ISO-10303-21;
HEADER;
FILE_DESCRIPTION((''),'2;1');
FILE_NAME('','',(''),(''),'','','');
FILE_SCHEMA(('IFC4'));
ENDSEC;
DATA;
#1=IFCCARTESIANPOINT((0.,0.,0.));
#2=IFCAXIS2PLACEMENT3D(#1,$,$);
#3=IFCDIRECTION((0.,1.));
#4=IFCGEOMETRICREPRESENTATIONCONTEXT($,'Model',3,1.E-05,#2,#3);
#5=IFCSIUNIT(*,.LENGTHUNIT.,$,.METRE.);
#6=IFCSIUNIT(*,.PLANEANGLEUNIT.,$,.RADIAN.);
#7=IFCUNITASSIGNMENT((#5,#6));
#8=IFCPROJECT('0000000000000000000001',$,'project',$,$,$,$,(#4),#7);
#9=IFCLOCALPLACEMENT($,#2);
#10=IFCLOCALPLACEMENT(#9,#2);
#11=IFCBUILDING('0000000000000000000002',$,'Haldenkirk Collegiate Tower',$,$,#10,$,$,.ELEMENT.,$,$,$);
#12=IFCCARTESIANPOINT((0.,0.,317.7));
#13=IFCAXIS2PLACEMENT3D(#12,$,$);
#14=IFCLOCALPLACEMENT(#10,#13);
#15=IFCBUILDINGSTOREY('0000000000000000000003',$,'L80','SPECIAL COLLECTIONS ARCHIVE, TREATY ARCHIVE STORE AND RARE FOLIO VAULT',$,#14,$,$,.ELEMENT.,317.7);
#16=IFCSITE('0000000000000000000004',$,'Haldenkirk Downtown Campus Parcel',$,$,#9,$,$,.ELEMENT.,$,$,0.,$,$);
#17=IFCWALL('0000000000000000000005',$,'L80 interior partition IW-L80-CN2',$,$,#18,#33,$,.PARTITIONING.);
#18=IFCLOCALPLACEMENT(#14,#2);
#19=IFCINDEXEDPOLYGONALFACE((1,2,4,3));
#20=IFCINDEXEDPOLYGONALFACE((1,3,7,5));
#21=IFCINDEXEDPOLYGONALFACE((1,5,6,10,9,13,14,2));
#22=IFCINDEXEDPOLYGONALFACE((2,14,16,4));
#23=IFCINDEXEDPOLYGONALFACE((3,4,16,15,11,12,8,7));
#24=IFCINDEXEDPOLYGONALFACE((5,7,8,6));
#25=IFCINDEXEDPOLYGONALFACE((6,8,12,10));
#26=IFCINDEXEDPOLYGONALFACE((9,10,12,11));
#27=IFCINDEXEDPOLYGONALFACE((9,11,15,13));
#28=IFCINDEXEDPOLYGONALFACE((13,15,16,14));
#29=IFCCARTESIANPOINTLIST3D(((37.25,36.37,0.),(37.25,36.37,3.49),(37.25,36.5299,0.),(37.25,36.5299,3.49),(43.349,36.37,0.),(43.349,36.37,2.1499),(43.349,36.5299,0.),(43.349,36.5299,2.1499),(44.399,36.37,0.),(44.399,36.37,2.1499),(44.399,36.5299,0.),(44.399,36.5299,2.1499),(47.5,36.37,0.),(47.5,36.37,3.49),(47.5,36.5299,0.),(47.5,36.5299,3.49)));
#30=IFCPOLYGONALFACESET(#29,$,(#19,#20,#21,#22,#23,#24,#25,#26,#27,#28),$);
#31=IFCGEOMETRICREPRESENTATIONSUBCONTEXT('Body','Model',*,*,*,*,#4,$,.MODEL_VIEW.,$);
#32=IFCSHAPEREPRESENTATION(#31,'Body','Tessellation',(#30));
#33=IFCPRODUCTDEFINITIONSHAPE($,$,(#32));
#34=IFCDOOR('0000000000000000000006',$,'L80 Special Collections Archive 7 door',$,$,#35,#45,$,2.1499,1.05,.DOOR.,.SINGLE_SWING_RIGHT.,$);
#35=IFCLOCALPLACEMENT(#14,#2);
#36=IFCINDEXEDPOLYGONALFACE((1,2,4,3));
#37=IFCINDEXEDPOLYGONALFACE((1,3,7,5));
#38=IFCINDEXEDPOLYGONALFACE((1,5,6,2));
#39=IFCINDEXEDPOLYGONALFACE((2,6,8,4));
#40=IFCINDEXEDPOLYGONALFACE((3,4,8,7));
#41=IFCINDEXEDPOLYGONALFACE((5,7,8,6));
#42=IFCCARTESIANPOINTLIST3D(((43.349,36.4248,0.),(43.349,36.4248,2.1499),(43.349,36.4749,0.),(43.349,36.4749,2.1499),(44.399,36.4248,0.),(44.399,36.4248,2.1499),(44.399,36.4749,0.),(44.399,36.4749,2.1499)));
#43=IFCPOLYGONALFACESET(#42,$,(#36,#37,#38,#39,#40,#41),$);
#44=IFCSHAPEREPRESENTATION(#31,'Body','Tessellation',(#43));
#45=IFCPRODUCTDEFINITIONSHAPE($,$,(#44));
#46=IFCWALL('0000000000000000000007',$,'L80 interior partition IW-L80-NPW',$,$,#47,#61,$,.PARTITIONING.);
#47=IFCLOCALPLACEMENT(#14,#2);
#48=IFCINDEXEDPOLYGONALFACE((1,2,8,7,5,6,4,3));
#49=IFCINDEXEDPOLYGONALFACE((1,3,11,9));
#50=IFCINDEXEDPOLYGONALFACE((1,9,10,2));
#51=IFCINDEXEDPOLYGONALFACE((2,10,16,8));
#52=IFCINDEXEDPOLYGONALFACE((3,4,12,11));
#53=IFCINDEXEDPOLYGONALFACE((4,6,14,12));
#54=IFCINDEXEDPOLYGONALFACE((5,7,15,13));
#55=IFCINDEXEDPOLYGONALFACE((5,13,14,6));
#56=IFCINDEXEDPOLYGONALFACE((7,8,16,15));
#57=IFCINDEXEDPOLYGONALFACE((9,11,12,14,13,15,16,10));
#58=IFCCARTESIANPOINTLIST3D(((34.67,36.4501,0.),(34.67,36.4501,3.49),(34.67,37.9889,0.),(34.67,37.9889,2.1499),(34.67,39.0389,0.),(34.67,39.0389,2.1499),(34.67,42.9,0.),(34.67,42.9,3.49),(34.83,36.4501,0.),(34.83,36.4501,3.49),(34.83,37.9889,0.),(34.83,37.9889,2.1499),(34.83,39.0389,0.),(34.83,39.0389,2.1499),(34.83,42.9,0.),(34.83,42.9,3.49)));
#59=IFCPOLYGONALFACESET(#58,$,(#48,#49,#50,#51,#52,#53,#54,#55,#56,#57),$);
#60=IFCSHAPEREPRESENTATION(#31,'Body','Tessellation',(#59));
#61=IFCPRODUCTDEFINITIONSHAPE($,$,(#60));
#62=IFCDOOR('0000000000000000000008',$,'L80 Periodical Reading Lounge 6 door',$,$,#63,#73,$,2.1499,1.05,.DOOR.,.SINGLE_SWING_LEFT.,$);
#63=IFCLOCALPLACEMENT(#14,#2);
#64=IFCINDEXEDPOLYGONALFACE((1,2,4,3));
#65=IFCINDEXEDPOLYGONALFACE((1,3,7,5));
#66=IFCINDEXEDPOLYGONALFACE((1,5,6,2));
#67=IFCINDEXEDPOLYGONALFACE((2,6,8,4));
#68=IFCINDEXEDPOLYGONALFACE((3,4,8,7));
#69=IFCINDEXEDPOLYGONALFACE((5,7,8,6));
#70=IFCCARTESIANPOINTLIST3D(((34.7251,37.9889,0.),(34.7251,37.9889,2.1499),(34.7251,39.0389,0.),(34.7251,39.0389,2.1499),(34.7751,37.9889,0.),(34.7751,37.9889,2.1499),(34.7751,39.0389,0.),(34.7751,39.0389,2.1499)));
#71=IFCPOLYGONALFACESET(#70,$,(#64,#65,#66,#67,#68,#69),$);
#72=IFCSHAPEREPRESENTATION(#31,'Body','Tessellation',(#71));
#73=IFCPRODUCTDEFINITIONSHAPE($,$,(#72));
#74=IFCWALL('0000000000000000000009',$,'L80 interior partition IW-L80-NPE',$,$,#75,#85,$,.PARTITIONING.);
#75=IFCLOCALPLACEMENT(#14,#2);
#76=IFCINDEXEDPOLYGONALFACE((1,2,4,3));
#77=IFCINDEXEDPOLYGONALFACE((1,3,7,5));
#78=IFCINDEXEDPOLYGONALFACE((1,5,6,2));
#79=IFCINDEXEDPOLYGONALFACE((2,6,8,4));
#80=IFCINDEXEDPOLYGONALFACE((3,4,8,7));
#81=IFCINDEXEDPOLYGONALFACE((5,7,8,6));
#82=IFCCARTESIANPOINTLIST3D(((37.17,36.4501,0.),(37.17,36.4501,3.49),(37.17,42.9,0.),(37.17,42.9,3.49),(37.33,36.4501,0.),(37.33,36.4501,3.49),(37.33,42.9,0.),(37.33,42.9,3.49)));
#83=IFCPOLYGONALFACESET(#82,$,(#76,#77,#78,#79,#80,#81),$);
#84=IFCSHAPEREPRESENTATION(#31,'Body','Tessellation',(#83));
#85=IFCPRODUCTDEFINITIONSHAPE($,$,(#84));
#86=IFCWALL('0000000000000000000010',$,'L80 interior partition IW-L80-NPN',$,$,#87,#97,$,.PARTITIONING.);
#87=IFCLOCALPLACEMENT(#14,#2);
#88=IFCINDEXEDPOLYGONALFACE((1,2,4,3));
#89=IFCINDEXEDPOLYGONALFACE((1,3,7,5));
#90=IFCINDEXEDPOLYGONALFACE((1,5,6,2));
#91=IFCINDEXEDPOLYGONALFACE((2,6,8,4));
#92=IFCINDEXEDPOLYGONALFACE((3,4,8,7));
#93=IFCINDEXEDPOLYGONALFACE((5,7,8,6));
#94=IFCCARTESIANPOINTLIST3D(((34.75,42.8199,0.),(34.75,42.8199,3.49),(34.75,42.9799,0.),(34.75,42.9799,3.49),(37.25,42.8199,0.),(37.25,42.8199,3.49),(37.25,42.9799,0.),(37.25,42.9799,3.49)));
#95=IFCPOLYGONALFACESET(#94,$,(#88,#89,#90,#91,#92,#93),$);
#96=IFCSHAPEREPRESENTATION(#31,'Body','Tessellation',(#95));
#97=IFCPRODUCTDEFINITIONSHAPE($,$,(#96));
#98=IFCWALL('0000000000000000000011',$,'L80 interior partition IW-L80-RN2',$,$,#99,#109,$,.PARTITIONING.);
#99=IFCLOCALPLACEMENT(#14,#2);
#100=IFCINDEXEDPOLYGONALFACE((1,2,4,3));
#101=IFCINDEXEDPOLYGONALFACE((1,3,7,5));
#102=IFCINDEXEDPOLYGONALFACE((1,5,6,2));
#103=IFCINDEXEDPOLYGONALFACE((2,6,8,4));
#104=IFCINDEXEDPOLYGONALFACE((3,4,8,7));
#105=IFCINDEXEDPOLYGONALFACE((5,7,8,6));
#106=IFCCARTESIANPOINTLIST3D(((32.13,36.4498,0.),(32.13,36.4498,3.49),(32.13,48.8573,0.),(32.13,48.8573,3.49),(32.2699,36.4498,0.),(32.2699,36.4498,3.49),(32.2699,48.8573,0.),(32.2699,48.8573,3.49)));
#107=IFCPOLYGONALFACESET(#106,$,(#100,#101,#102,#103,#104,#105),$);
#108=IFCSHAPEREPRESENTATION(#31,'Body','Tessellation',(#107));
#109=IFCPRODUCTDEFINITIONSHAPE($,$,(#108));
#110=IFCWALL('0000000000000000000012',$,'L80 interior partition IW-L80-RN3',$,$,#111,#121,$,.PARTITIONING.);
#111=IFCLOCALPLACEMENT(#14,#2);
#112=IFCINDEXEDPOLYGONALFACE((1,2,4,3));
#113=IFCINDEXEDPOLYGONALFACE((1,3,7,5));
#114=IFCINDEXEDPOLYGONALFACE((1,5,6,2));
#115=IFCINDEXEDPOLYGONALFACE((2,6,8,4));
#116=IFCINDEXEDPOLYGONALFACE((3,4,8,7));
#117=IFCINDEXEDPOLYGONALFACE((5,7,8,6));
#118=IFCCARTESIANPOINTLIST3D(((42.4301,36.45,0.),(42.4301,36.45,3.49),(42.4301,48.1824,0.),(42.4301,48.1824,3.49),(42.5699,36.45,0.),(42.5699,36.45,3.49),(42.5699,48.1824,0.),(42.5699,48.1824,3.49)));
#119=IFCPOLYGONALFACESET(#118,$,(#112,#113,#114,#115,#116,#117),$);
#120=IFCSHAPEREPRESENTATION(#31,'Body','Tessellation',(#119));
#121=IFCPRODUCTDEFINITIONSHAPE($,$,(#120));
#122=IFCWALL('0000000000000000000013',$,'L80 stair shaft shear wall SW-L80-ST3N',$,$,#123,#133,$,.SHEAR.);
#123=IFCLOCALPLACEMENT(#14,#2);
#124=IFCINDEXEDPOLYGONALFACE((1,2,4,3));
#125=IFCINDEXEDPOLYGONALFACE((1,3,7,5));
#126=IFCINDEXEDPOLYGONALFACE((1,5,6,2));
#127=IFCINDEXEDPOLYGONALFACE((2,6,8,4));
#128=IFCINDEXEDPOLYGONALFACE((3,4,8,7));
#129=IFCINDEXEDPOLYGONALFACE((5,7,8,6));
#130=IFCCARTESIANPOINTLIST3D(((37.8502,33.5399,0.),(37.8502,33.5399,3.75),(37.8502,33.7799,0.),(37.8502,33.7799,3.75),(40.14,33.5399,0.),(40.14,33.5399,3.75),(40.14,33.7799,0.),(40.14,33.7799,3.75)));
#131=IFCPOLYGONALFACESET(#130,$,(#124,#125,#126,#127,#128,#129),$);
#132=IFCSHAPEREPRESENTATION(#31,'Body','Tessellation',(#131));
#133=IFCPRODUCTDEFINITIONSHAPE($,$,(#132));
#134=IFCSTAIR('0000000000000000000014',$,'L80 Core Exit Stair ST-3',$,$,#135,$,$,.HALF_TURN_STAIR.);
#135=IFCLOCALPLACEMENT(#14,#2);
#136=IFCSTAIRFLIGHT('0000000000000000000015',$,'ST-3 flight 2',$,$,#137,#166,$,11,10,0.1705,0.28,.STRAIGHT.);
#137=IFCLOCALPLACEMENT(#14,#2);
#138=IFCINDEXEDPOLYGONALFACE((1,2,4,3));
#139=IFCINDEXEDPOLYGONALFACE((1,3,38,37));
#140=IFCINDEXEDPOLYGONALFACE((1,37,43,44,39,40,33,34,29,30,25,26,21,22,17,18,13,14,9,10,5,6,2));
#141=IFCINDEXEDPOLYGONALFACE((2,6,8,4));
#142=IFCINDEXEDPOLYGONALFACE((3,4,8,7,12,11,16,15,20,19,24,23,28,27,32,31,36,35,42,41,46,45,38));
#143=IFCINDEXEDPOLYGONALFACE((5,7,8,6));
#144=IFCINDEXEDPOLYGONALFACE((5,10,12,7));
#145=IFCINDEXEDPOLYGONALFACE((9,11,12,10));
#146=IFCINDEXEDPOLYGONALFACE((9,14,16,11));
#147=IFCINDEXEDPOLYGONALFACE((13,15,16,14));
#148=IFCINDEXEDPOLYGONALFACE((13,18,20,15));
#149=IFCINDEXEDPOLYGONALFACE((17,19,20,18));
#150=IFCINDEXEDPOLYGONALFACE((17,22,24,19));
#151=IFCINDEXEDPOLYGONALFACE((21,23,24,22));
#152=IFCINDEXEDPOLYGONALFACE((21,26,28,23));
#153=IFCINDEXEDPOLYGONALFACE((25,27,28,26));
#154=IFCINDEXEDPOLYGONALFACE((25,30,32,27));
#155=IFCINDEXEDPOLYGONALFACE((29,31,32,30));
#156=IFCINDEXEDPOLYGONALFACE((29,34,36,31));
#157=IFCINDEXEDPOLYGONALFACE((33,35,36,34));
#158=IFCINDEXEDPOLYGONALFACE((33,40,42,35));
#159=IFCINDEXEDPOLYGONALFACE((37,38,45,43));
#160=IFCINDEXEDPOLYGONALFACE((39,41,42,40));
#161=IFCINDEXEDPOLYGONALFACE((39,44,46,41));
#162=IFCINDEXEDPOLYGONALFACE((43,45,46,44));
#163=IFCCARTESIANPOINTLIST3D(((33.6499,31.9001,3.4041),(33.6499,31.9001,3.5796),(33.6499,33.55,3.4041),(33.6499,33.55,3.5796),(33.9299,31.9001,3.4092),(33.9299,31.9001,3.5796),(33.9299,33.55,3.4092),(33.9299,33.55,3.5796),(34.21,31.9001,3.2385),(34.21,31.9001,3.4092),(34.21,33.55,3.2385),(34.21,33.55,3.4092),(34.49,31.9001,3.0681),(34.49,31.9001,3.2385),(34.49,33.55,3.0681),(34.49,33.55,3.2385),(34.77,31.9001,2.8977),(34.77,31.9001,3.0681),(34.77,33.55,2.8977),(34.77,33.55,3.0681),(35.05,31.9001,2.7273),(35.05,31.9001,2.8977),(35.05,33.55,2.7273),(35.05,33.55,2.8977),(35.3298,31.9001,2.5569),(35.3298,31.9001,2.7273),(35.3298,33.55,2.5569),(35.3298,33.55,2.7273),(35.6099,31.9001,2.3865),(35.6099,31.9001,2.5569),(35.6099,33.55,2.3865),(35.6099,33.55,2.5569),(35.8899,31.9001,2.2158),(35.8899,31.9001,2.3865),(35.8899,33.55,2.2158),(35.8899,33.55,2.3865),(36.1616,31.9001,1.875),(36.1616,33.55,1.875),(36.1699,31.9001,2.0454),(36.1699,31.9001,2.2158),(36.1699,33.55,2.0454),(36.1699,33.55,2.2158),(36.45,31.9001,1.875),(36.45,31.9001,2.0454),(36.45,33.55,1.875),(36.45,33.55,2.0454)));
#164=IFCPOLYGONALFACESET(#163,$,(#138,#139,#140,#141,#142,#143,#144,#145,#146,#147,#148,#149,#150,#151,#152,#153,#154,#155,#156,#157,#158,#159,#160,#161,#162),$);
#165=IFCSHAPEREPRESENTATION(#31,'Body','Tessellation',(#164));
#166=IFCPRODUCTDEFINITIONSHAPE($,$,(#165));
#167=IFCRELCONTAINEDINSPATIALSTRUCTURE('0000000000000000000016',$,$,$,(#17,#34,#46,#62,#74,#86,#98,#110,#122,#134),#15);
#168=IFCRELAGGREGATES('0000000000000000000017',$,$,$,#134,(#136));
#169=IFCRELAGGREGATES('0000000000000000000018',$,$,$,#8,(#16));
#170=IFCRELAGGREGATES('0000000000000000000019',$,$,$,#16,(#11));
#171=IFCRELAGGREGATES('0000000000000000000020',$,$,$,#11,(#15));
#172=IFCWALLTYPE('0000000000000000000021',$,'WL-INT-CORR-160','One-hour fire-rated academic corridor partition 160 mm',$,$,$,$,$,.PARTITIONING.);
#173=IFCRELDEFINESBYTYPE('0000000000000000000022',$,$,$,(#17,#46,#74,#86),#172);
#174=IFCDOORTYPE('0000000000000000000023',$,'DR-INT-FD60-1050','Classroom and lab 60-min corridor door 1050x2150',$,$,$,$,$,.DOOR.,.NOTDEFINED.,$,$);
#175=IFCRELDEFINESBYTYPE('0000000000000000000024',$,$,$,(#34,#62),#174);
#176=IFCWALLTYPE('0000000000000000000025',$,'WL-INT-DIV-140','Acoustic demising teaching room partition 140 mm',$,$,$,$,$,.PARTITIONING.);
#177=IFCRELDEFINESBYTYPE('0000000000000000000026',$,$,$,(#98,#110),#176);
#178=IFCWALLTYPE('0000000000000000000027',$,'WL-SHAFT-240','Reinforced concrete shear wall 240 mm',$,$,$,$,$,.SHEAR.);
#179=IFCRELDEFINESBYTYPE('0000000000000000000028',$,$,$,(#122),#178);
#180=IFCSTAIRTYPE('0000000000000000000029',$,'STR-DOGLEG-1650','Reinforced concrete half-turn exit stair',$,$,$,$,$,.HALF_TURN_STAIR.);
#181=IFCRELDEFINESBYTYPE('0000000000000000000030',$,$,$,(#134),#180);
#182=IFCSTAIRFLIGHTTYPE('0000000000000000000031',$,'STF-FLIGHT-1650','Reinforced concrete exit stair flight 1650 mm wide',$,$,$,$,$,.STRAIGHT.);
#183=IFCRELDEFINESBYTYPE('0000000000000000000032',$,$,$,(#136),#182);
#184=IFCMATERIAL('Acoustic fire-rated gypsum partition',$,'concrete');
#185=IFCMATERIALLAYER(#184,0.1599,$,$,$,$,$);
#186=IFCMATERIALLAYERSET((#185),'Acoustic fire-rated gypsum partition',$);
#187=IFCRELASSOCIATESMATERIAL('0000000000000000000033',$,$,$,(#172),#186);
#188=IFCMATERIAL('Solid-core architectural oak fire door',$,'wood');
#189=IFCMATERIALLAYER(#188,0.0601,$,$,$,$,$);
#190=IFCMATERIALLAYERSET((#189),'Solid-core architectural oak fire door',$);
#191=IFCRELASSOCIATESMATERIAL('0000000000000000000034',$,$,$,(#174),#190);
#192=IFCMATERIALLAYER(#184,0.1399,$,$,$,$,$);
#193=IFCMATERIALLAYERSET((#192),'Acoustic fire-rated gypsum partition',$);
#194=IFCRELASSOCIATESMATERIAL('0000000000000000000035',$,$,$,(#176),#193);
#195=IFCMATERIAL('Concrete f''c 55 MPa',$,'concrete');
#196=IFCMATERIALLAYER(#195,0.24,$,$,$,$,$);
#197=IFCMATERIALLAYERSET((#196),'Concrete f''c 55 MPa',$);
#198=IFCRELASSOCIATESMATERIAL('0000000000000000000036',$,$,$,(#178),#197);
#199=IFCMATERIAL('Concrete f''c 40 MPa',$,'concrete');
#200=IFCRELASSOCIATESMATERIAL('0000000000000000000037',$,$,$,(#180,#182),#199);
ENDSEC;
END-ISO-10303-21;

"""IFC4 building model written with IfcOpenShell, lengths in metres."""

from ifc_helpers import new_model, si_unit, direction, frame, frame_2d, origin, place, context, subcontext, project, spatial, polyline, rectangle, outline, extrude, material, layer, layer_set, type_object, element, fill, aggregate, save


model = new_model("IFC4")

# Units and contexts
model_context = context("Model", 3, precision=1e-05, world=origin(), true_north=direction((0.0, 1.0)))
body_context = subcontext(model_context, "Body", "Model", "MODEL_VIEW")
ifc_project = project(units=[si_unit("LENGTHUNIT", "METRE"), si_unit("PLANEANGLEUNIT", "RADIAN")], contexts=[model_context])

# Site, building, storey
site_placement = place(None, origin())
site = spatial("IfcSite", under=ifc_project, at=site_placement, Name="Haldenkirk Downtown Campus Parcel", CompositionType="ELEMENT", RefElevation=0.0)
building_placement = place(site_placement, origin())
building = spatial("IfcBuilding", under=site, at=building_placement, Name="Haldenkirk Collegiate Tower", CompositionType="ELEMENT")
storey_placement = place(building_placement, frame((0.0, 0.0, 317.7)))
storey = spatial("IfcBuildingStorey", under=building, at=storey_placement, Name="L80", Description="SPECIAL COLLECTIONS ARCHIVE, TREATY ARCHIVE STORE AND RARE FOLIO VAULT", CompositionType="ELEMENT", Elevation=317.7)

# Walls, openings, doors
ifc_material_1 = material(Name="Acoustic fire-rated gypsum partition", Category="concrete")
ifc_layer_1 = layer(ifc_material_1, 0.1599)
ifc_layer_set_1 = layer_set([ifc_layer_1], Name="Acoustic fire-rated gypsum partition")
wall_type_1 = type_object("IfcWallType", Name="WL-INT-CORR-160", Description="One-hour fire-rated academic corridor partition 160 mm", PredefinedType="PARTITIONING", material=ifc_layer_set_1)
wall_1_placement = place(storey_placement, frame((37.25, 36.45, 0.0), z_axis=(0.0, 0.0, 1.0), x_axis=(1.0, 0.0, 0.0)))
wall_1 = element("IfcWall", 1, at=wall_1_placement, inside=storey, type_object=wall_type_1, Name="L80 interior partition IW-L80-CN2", PredefinedType="PARTITIONING", context=body_context, shape_type="SweptSolid", body=[
    extrude(rectangle(XDim=10.25, YDim=0.1599, at=frame_2d((5.125, 0.0))), origin(), (0.0, 0.0, 1.0), 3.49),
])
opening_1_placement = place(wall_1_placement, frame((6.0991, 0.0, 0.0)))
opening_1 = element("IfcOpeningElement", 2, at=opening_1_placement, cuts=wall_1, PredefinedType="OPENING", context=body_context, shape_type="SweptSolid", body=[
    extrude(rectangle(XDim=1.05, YDim=2.1499, at=frame_2d((0.5249, 1.075))), frame((0.0, 0.0898, 0.0), z_axis=(0.0, -1.0, 0.0), x_axis=(1.0, 0.0, 0.0)), (0.0, 0.0, 1.0), 0.1799),
])
ifc_material_2 = material(Name="Solid-core architectural oak fire door", Category="wood")
ifc_layer_2 = layer(ifc_material_2, 0.0601)
ifc_layer_set_2 = layer_set([ifc_layer_2], Name="Solid-core architectural oak fire door")
door_type = type_object("IfcDoorType", Name="DR-INT-FD60-1050", Description="Classroom and lab 60-min corridor door 1050x2150", OperationType="NOTDEFINED", PredefinedType="DOOR", material=ifc_layer_set_2)
door_1_placement = place(opening_1_placement, origin())
door_1 = element("IfcDoor", 3, at=door_1_placement, inside=storey, type_object=door_type, Name="L80 Special Collections Archive 7 door", OperationType="SINGLE_SWING_RIGHT", OverallHeight=2.1499, OverallWidth=1.05, PredefinedType="DOOR", context=body_context, shape_type="SweptSolid", body=[
    extrude(rectangle(XDim=1.05, YDim=2.1499, at=frame_2d((0.5249, 1.075))), frame((0.0, 0.0249, 0.0), z_axis=(0.0, -1.0, 0.0), x_axis=(1.0, 0.0, 0.0)), (0.0, 0.0, 1.0), 0.05),
])
fill(opening_1, door_1)
wall_2_placement = place(storey_placement, frame((34.75, 36.45, 0.0), z_axis=(0.0, 0.0, 1.0), x_axis=(0.0, 1.0, 0.0)))
wall_2 = element("IfcWall", 4, at=wall_2_placement, inside=storey, type_object=wall_type_1, Name="L80 interior partition IW-L80-NPW", PredefinedType="PARTITIONING", context=body_context, shape_type="SweptSolid", body=[
    extrude(rectangle(XDim=6.45, YDim=0.1599, at=frame_2d((3.2251, 0.0))), origin(), (0.0, 0.0, 1.0), 3.49),
])
opening_2_placement = place(wall_2_placement, frame((1.5391, 0.0, 0.0)))
opening_2 = element("IfcOpeningElement", 5, at=opening_2_placement, cuts=wall_2, PredefinedType="OPENING", context=body_context, shape_type="SweptSolid", body=[
    extrude(rectangle(XDim=1.05, YDim=2.1499, at=frame_2d((0.5249, 1.075))), frame((0.0, 0.0898, 0.0), z_axis=(0.0, -1.0, 0.0), x_axis=(1.0, 0.0, 0.0)), (0.0, 0.0, 1.0), 0.1799),
])
door_2_placement = place(opening_2_placement, origin())
door_2 = element("IfcDoor", 6, at=door_2_placement, inside=storey, type_object=door_type, Name="L80 Periodical Reading Lounge 6 door", OperationType="SINGLE_SWING_LEFT", OverallHeight=2.1499, OverallWidth=1.05, PredefinedType="DOOR", context=body_context, shape_type="SweptSolid", body=[
    extrude(rectangle(XDim=1.05, YDim=2.1499, at=frame_2d((0.5249, 1.075))), frame((0.0, 0.0249, 0.0), z_axis=(0.0, -1.0, 0.0), x_axis=(1.0, 0.0, 0.0)), (0.0, 0.0, 1.0), 0.05),
])
fill(opening_2, door_2)

# Walls
wall_3_placement = place(storey_placement, frame((37.25, 36.45, 0.0), z_axis=(0.0, 0.0, 1.0), x_axis=(0.0, 1.0, 0.0)))
element("IfcWall", 7, at=wall_3_placement, inside=storey, type_object=wall_type_1, Name="L80 interior partition IW-L80-NPE", PredefinedType="PARTITIONING", context=body_context, shape_type="SweptSolid", body=[
    extrude(rectangle(XDim=6.45, YDim=0.1599, at=frame_2d((3.2251, 0.0))), origin(), (0.0, 0.0, 1.0), 3.49),
])
wall_4_placement = place(storey_placement, frame((34.75, 42.8999, 0.0), z_axis=(0.0, 0.0, 1.0), x_axis=(1.0, 0.0, 0.0)))
element("IfcWall", 8, at=wall_4_placement, inside=storey, type_object=wall_type_1, Name="L80 interior partition IW-L80-NPN", PredefinedType="PARTITIONING", context=body_context, shape_type="SweptSolid", body=[
    extrude(rectangle(XDim=2.5, YDim=0.1599, at=frame_2d((1.25, 0.0))), origin(), (0.0, 0.0, 1.0), 3.49),
])
ifc_layer_3 = layer(ifc_material_1, 0.1399)
ifc_layer_set_3 = layer_set([ifc_layer_3], Name="Acoustic fire-rated gypsum partition")
wall_type_2 = type_object("IfcWallType", Name="WL-INT-DIV-140", Description="Acoustic demising teaching room partition 140 mm", PredefinedType="PARTITIONING", material=ifc_layer_set_3)
wall_5_placement = place(storey_placement, frame((32.2, 36.45, 0.0), z_axis=(0.0, 0.0, 1.0), x_axis=(0.0, 1.0, 0.0)))
element("IfcWall", 9, at=wall_5_placement, inside=storey, type_object=wall_type_2, Name="L80 interior partition IW-L80-RN2", PredefinedType="PARTITIONING", context=body_context, shape_type="SweptSolid", body=[
    extrude(rectangle(XDim=12.4075, YDim=0.1399, at=frame_2d((6.2036, 0.0))), origin(), (0.0, 0.0, 1.0), 3.49),
])
wall_6_placement = place(storey_placement, frame((42.5, 36.45, 0.0), z_axis=(0.0, 0.0, 1.0), x_axis=(0.0, 1.0, 0.0)))
element("IfcWall", 10, at=wall_6_placement, inside=storey, type_object=wall_type_2, Name="L80 interior partition IW-L80-RN3", PredefinedType="PARTITIONING", context=body_context, shape_type="SweptSolid", body=[
    extrude(rectangle(XDim=11.7324, YDim=0.1399, at=frame_2d((5.8662, 0.0))), origin(), (0.0, 0.0, 1.0), 3.49),
])
ifc_material_3 = material(Name="Concrete f'c 55 MPa", Category="concrete")
ifc_layer_4 = layer(ifc_material_3, 0.24)
ifc_layer_set_4 = layer_set([ifc_layer_4], Name="Concrete f'c 55 MPa")
wall_type_3 = type_object("IfcWallType", Name="WL-SHAFT-240", Description="Reinforced concrete shear wall 240 mm", PredefinedType="SHEAR", material=ifc_layer_set_4)
wall_7_placement = place(storey_placement, frame((37.8501, 33.6599, 0.0), z_axis=(0.0, 0.0, 1.0), x_axis=(1.0, 0.0, 0.0)))
element("IfcWall", 11, at=wall_7_placement, inside=storey, type_object=wall_type_3, Name="L80 stair shaft shear wall SW-L80-ST3N", PredefinedType="SHEAR", context=body_context, shape_type="SweptSolid", body=[
    extrude(rectangle(XDim=2.2898, YDim=0.24, at=frame_2d((1.145, 0.0))), origin(), (0.0, 0.0, 1.0), 3.75),
])

# Stair, stair flight
ifc_material_4 = material(Name="Concrete f'c 40 MPa", Category="concrete")
stair_type = type_object("IfcStairType", Name="STR-DOGLEG-1650", Description="Reinforced concrete half-turn exit stair", PredefinedType="HALF_TURN_STAIR", material=ifc_material_4)
stair_placement = place(storey_placement, origin())
stair = element("IfcStair", 12, at=stair_placement, inside=storey, type_object=stair_type, Name="L80 Core Exit Stair ST-3", PredefinedType="HALF_TURN_STAIR")
stair_flight_type = type_object("IfcStairFlightType", Name="STF-FLIGHT-1650", Description="Reinforced concrete exit stair flight 1650 mm wide", PredefinedType="STRAIGHT", material=ifc_material_4)
stair_flight_placement = place(storey_placement, frame((36.45, 32.7251, 1.875), z_axis=(0.0, 0.0, 1.0), x_axis=(-1.0, 0.0, 0.0)))
stair_flight = element("IfcStairFlight", 13, at=stair_flight_placement, type_object=stair_flight_type, Name="ST-3 flight 2", NumberOfRisers=11, NumberOfTreads=10, PredefinedType="STRAIGHT", RiserHeight=0.1705, TreadLength=0.28, context=body_context, shape_type="SweptSolid", body=[
    extrude(outline(polyline([(0.0, 0.0), (0.0, 0.1704), (0.28, 0.1704), (0.28, 0.3408), (0.5601, 0.3408), (0.5601, 0.5115), (0.8401, 0.5115), (0.8401, 0.6819), (1.1201, 0.6819), (1.1201, 0.8523), (1.3999, 0.8523), (1.3999, 1.0227), (1.6799, 1.0227), (1.6799, 1.1931), (1.96, 1.1931), (1.96, 1.3635), (2.24, 1.3635), (2.24, 1.5342), (2.52, 1.5342), (2.52, 1.7046), (2.8, 1.7046), (2.8, 1.875), (2.8, 1.5291), (0.2883, 0.0), (0.0, 0.0)])), frame((0.0, 0.825, 0.0), z_axis=(0.0, -1.0, 0.0), x_axis=(1.0, 0.0, 0.0)), (0.0, 0.0, 1.0), 1.6499),
])
aggregate(stair, [stair_flight])

save(model, "model.ifc")
